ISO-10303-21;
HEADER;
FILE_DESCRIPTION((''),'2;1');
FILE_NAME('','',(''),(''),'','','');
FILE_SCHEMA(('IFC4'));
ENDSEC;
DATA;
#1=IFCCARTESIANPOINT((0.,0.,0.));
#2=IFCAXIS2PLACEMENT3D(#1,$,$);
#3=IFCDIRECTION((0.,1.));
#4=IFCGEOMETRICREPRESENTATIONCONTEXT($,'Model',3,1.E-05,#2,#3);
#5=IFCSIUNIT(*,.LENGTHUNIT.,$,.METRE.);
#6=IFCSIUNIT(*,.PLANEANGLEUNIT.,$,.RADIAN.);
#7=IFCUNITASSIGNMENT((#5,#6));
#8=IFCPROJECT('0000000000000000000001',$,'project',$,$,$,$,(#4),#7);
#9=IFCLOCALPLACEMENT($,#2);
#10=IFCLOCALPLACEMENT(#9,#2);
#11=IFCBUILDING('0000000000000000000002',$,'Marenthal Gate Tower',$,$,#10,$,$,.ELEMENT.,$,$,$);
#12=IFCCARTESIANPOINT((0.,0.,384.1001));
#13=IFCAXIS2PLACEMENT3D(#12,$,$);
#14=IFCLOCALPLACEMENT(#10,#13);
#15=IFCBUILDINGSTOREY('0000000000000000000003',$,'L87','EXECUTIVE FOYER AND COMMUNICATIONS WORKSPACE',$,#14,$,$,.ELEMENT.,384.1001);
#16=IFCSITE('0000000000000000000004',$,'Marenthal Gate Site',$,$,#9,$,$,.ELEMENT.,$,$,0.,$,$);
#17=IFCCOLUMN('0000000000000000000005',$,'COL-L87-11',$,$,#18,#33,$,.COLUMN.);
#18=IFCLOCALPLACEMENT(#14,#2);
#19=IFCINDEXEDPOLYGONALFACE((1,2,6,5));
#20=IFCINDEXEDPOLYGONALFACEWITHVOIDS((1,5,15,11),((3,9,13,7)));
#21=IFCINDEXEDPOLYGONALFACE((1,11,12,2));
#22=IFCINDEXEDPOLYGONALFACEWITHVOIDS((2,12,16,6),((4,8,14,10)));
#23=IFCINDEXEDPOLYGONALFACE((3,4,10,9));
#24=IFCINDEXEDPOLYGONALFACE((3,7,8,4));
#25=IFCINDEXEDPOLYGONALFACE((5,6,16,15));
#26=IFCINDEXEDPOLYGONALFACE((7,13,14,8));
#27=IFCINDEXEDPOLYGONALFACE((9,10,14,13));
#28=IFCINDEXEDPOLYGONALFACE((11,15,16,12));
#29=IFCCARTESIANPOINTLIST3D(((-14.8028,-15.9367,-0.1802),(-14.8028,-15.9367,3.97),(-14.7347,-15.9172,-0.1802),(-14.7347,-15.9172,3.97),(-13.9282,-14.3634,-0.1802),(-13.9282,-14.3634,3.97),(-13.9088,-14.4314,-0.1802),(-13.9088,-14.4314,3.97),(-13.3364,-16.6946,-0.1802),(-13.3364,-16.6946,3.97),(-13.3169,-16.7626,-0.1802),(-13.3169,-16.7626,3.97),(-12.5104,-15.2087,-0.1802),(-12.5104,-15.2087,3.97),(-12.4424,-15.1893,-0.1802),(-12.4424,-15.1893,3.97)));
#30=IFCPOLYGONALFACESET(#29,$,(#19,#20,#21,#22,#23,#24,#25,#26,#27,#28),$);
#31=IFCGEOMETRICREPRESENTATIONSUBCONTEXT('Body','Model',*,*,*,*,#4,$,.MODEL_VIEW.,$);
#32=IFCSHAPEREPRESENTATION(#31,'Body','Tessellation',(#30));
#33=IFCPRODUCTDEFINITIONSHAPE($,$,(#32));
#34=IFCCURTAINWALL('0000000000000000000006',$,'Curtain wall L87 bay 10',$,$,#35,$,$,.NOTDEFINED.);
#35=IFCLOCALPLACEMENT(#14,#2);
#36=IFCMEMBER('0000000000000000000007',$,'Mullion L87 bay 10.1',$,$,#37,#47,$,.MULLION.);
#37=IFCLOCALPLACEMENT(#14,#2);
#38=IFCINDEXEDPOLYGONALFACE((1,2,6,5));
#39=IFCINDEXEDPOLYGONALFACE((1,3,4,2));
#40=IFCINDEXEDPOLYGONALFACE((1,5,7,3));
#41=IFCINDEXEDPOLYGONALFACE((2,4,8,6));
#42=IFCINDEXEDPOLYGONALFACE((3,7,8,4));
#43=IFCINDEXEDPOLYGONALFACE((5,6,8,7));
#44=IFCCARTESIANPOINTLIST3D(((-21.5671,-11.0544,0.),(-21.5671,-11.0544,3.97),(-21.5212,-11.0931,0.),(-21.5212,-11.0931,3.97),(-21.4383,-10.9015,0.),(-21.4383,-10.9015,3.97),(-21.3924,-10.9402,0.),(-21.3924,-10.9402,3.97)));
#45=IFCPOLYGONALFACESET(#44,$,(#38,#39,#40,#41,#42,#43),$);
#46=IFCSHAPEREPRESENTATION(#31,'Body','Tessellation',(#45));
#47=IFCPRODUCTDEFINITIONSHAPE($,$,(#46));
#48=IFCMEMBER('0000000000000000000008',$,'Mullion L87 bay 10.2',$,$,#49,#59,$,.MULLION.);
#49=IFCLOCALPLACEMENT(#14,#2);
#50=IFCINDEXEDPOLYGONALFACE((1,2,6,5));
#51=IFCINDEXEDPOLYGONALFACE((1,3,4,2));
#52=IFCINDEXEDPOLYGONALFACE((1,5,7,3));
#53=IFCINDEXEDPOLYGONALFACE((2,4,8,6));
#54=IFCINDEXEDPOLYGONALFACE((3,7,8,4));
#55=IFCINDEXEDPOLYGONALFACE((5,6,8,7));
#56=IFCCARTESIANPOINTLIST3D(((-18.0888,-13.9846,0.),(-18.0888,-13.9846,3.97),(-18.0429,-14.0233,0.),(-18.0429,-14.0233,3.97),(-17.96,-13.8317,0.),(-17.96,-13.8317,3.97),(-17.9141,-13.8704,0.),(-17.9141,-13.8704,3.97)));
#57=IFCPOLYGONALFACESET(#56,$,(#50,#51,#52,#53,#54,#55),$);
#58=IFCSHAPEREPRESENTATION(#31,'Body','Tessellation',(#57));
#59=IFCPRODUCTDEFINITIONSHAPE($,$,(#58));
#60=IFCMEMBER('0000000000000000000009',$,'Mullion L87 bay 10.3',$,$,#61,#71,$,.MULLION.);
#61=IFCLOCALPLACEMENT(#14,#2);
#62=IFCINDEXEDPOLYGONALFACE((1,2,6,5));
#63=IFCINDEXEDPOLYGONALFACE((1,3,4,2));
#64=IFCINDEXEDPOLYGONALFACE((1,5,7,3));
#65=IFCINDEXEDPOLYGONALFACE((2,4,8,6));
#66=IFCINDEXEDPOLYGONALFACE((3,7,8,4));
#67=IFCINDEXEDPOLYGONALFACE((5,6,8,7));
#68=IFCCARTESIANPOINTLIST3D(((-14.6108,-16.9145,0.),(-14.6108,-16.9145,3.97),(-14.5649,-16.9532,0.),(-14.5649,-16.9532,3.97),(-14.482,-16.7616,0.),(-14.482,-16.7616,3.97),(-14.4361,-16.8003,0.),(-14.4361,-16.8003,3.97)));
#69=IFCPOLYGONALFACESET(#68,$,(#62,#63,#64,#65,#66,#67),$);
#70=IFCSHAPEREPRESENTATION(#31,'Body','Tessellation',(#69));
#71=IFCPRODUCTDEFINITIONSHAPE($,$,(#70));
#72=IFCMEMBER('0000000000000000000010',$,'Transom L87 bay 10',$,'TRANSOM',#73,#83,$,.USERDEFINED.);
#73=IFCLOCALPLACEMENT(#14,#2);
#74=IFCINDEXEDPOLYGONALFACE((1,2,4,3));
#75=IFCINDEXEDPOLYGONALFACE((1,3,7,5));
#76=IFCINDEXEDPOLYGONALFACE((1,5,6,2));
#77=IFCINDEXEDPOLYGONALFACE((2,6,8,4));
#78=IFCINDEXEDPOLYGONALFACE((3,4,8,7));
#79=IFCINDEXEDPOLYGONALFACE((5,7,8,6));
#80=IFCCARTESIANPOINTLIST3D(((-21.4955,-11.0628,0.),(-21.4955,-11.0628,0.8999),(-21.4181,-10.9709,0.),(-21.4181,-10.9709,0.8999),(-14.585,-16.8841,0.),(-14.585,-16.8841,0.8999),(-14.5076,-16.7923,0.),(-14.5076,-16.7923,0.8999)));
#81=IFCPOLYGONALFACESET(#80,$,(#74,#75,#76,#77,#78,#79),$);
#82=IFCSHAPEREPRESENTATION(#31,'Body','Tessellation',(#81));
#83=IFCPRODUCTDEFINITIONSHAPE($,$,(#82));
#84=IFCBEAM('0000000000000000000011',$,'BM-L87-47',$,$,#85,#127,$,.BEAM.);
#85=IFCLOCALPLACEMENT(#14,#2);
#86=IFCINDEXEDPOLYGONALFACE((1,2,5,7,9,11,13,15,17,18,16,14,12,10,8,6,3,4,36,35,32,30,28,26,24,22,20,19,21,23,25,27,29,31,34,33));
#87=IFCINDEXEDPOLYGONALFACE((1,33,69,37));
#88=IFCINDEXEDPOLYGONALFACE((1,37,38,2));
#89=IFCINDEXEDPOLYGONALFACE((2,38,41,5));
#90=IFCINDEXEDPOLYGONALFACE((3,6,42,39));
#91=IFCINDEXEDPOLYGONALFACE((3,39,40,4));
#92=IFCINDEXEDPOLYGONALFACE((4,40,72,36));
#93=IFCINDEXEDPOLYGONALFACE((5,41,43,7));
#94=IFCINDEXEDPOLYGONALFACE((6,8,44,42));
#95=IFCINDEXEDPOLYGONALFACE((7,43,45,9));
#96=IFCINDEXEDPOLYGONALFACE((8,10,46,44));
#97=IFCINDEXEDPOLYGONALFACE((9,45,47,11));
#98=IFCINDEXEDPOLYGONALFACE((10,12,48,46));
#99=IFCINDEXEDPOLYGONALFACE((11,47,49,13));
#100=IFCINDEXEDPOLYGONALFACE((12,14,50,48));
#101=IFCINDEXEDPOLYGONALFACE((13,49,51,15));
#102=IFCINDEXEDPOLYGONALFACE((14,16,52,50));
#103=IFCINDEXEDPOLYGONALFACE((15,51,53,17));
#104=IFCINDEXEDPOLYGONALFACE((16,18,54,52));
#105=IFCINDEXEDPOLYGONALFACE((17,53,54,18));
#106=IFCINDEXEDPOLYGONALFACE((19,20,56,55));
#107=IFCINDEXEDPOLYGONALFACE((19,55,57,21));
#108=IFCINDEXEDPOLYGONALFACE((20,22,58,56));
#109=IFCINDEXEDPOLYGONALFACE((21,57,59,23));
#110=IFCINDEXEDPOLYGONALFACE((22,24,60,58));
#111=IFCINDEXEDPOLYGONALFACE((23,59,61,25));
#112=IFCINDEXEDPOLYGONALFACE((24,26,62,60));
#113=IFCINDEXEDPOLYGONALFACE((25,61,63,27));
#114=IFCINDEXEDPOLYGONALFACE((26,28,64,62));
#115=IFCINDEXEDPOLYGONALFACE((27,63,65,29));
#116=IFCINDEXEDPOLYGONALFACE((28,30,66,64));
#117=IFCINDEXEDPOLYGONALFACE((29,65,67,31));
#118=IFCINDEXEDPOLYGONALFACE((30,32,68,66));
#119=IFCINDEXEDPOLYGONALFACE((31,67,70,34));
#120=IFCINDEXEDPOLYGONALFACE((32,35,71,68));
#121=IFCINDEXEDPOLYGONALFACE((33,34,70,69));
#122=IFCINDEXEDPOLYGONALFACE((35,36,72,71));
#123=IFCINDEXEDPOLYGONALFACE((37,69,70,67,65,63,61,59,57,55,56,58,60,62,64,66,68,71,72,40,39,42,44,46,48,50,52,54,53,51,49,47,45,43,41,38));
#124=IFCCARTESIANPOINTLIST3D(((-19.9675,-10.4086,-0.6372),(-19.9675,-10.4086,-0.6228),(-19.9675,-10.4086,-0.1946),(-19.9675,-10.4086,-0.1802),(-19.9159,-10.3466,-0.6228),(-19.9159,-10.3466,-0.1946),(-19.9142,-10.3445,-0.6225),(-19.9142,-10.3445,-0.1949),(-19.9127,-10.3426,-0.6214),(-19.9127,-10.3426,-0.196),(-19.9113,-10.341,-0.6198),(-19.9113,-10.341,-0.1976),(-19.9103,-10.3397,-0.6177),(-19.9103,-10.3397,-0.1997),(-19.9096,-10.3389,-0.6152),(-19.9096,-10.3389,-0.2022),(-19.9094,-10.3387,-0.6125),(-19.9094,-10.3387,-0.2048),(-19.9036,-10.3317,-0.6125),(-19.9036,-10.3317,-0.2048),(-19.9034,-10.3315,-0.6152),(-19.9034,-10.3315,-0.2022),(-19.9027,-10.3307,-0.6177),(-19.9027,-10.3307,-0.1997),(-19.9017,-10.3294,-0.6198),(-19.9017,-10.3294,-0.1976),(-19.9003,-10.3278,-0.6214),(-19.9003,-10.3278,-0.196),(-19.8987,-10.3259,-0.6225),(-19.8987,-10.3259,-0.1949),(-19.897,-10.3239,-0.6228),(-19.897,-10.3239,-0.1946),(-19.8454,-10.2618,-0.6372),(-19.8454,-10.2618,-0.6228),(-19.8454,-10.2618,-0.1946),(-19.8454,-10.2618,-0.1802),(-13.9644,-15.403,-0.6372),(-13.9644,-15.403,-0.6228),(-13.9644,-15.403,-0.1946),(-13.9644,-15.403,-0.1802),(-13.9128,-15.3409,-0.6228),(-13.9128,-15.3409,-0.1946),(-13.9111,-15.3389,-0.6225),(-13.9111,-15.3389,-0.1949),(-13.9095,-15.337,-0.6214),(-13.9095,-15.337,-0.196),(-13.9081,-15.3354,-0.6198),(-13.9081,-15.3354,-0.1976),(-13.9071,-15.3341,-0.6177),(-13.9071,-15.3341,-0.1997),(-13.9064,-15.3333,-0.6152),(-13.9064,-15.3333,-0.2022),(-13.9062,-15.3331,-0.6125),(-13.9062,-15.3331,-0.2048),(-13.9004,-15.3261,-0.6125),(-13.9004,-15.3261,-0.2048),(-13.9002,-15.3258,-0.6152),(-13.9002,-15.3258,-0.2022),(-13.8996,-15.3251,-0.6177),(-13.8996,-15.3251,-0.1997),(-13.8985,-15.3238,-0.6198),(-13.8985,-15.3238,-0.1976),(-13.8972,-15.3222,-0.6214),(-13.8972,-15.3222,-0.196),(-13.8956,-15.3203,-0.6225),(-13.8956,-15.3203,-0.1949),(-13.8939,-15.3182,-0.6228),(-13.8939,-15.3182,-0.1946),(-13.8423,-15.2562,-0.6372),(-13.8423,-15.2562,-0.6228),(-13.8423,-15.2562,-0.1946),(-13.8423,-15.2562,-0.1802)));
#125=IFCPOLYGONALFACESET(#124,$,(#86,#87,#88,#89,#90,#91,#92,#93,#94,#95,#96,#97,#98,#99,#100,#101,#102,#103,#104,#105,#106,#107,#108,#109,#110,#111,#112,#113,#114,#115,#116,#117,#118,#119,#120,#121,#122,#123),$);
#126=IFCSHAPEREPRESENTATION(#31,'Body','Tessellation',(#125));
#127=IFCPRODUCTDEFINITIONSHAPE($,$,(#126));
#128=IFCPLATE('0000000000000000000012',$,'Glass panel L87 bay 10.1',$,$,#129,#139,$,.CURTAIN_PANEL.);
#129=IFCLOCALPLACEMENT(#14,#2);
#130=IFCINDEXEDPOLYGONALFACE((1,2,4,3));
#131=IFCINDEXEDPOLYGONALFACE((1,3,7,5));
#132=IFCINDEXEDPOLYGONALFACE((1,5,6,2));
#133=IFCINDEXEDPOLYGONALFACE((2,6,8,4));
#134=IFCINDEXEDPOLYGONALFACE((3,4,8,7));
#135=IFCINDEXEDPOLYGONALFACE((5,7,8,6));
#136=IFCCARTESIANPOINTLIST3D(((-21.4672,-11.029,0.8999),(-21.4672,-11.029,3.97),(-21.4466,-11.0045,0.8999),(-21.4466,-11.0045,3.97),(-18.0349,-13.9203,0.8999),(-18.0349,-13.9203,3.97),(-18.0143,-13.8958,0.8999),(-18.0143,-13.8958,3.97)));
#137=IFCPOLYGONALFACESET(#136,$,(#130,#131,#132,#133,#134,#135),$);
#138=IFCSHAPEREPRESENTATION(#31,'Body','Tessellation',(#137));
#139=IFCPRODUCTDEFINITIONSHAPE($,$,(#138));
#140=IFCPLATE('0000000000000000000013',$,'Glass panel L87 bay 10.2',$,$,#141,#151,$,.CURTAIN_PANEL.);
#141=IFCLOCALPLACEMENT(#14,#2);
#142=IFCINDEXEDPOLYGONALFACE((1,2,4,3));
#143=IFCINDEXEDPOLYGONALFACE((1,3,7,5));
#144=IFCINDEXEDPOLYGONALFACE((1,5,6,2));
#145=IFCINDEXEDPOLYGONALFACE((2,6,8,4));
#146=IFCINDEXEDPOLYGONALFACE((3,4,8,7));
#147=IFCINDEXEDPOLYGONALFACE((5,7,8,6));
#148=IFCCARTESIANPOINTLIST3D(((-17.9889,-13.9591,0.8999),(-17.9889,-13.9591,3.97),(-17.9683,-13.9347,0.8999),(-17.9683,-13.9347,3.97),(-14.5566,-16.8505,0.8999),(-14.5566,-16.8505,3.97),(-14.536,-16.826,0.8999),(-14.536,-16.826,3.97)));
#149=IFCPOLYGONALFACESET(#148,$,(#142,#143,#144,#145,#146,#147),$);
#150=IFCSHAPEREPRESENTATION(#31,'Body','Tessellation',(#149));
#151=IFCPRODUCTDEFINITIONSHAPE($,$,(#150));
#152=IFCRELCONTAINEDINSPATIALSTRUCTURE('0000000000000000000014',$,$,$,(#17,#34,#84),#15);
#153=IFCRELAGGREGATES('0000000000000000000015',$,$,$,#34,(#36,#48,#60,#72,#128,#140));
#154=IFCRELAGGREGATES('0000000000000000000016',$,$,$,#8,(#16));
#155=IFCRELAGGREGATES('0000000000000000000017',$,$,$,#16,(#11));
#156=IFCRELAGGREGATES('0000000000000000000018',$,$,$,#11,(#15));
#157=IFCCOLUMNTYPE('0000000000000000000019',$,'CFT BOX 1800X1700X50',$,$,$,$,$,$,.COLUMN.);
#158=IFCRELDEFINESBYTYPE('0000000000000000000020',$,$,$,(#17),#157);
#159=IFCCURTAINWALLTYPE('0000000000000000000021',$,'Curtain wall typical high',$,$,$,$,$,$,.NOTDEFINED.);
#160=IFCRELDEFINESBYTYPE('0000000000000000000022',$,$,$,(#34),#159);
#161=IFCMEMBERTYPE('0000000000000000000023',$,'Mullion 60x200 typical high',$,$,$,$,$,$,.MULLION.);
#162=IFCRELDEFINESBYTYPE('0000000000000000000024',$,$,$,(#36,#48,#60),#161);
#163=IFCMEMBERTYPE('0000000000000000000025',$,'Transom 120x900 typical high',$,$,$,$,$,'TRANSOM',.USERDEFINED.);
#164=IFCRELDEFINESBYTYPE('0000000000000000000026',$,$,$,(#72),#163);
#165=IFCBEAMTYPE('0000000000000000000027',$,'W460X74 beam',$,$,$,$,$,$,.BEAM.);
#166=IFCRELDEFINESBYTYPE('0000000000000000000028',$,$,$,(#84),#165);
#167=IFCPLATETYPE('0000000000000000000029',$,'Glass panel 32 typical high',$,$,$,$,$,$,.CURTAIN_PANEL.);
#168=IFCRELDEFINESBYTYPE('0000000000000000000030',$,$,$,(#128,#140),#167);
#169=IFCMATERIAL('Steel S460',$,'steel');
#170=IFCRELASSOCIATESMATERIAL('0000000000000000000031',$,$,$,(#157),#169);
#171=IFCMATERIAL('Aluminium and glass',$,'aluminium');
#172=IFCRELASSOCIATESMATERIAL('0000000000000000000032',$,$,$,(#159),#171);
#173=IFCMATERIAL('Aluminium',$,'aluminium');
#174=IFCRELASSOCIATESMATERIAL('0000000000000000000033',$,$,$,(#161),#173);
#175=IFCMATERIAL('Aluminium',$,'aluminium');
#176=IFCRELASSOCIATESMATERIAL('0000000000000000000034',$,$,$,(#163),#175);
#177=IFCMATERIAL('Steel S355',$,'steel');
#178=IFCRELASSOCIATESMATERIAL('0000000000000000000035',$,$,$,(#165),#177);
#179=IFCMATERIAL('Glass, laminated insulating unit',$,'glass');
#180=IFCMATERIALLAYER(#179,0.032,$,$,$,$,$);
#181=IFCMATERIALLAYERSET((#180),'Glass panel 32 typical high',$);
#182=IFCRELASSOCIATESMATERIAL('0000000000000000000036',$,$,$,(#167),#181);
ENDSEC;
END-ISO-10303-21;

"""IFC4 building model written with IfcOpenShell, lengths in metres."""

from ifc_helpers import new_model, si_unit, direction, frame, origin, origin_2d, place, context, subcontext, project, spatial, rectangle, hollow_rectangle, i_section, extrude, material, layer, layer_set, material_profile, profile_set, type_object, element, aggregate, save


model = new_model("IFC4")

# Units and contexts
model_context = context("Model", 3, precision=1e-05, world=origin(), true_north=direction((0.0, 1.0)))
body_context = subcontext(model_context, "Body", "Model", "MODEL_VIEW")
ifc_project = project(units=[si_unit("LENGTHUNIT", "METRE"), si_unit("PLANEANGLEUNIT", "RADIAN")], contexts=[model_context])

# Site, building, storey
site_placement = place(None, origin())
site = spatial("IfcSite", under=ifc_project, at=site_placement, Name="Marenthal Gate Site", CompositionType="ELEMENT", RefElevation=0.0)
building_placement = place(site_placement, origin())
building = spatial("IfcBuilding", under=site, at=building_placement, Name="Marenthal Gate Tower", CompositionType="ELEMENT")
storey_placement = place(building_placement, frame((0.0, 0.0, 384.1001)))
storey = spatial("IfcBuildingStorey", under=building, at=storey_placement, Name="L87", Description="EXECUTIVE FOYER AND COMMUNICATIONS WORKSPACE", CompositionType="ELEMENT", Elevation=384.1001)

# Column
ifc_material_1 = material(Name="Steel S460", Category="steel")
ifc_material_profile_1 = material_profile(ifc_material_1, hollow_rectangle(XDim=1.7, YDim=1.8, WallThickness=0.05, at=origin_2d()), Name="CFT BOX 1800X1700X50")
ifc_material_2 = material(Name="Concrete 70 MPa", Category="concrete")
ifc_material_profile_2 = material_profile(ifc_material_2, rectangle(XDim=1.6001, YDim=1.7, at=origin_2d()), Name="CFT BOX 1800X1700X50 INFILL")
ifc_profile_set_1 = profile_set([ifc_material_profile_1, ifc_material_profile_2], Name="Steel S460 shell, Concrete 70 MPa infill")
column_type = type_object("IfcColumnType", Name="CFT BOX 1800X1700X50", PredefinedType="COLUMN", material=ifc_profile_set_1)
column_placement = place(storey_placement, frame((-13.6226, -15.563, -0.1802), z_axis=(0.0, 0.0, 1.0), x_axis=(-0.874037, 0.48586, 0.0)))
element("IfcColumn", 1, at=column_placement, inside=storey, type_object=column_type, Name="COL-L87-11", PredefinedType="COLUMN", context=body_context, shape_type="SweptSolid", body=[
    extrude(hollow_rectangle(XDim=1.7, YDim=1.8, WallThickness=0.05, at=origin_2d()), origin(), (0.0, 0.0, 1.0), 4.1501),
])

# Curtain wall, members
ifc_material_3 = material(Name="Aluminium and glass", Category="aluminium")
curtain_wall_type = type_object("IfcCurtainWallType", Name="Curtain wall typical high", PredefinedType="NOTDEFINED", material=ifc_material_3)
curtain_wall_placement = place(storey_placement, origin())
curtain_wall = element("IfcCurtainWall", 2, at=curtain_wall_placement, inside=storey, type_object=curtain_wall_type, Name="Curtain wall L87 bay 10", PredefinedType="NOTDEFINED")
ifc_material_4 = material(Name="Aluminium", Category="aluminium")
ifc_material_profile_3 = material_profile(ifc_material_4, rectangle(XDim=0.2, YDim=0.0601, at=origin_2d()), Name="60x200 aluminium mullion")
ifc_profile_set_2 = profile_set([ifc_material_profile_3], Name="Aluminium")
member_type_1 = type_object("IfcMemberType", Name="Mullion 60x200 typical high", PredefinedType="MULLION", material=ifc_profile_set_2)
member_1_placement = place(storey_placement, frame((-21.4797, -10.9973, 0.0), z_axis=(0.0, 0.0, 1.0), x_axis=(0.644265, 0.764802, 0.0)))
member_1 = element("IfcMember", 3, at=member_1_placement, type_object=member_type_1, Name="Mullion L87 bay 10.1", PredefinedType="MULLION", context=body_context, shape_type="SweptSolid", body=[
    extrude(rectangle(XDim=0.2, YDim=0.0601, at=origin_2d()), origin(), (0.0, 0.0, 1.0), 3.97),
])
member_2_placement = place(storey_placement, frame((-18.0015, -13.9275, 0.0), z_axis=(0.0, 0.0, 1.0), x_axis=(0.644265, 0.764802, 0.0)))
member_2 = element("IfcMember", 4, at=member_2_placement, type_object=member_type_1, Name="Mullion L87 bay 10.2", PredefinedType="MULLION", context=body_context, shape_type="SweptSolid", body=[
    extrude(rectangle(XDim=0.2, YDim=0.0601, at=origin_2d()), origin(), (0.0, 0.0, 1.0), 3.97),
])
member_3_placement = place(storey_placement, frame((-14.5234, -16.8574, 0.0), z_axis=(0.0, 0.0, 1.0), x_axis=(0.644265, 0.764802, 0.0)))
member_3 = element("IfcMember", 5, at=member_3_placement, type_object=member_type_1, Name="Mullion L87 bay 10.3", PredefinedType="MULLION", context=body_context, shape_type="SweptSolid", body=[
    extrude(rectangle(XDim=0.2, YDim=0.0601, at=origin_2d()), origin(), (0.0, 0.0, 1.0), 3.97),
])
ifc_material_5 = material(Name="Aluminium", Category="aluminium")
ifc_material_profile_4 = material_profile(ifc_material_5, rectangle(XDim=0.1201, YDim=0.8999, at=origin_2d()), Name="120x900 aluminium transom")
ifc_profile_set_3 = profile_set([ifc_material_profile_4], Name="Aluminium")
member_type_2 = type_object("IfcMemberType", Name="Transom 120x900 typical high", ElementType="TRANSOM", PredefinedType="USERDEFINED", material=ifc_profile_set_3)
member_4_placement = place(storey_placement, frame((-21.4568, -11.0168, 0.45), z_axis=(0.764802, -0.644266, 0.0), x_axis=(0.644266, 0.764802, 0.0)))
member_4 = element("IfcMember", 6, at=member_4_placement, type_object=member_type_2, Name="Transom L87 bay 10", ObjectType="TRANSOM", PredefinedType="USERDEFINED", context=body_context, shape_type="SweptSolid", body=[
    extrude(rectangle(XDim=0.1201, YDim=0.8999, at=origin_2d()), origin(), (0.0, 0.0, 1.0), 9.0356),
])

# Beam
ifc_material_6 = material(Name="Steel S355", Category="steel")
ifc_material_profile_5 = material_profile(ifc_material_6, i_section(OverallWidth=0.1909, OverallDepth=0.457, WebThickness=0.009, FlangeThickness=0.0144, FilletRadius=0.0103, at=origin_2d()), Name="W460X74")
ifc_profile_set_4 = profile_set([ifc_material_profile_5], Name="Steel S355")
beam_type = type_object("IfcBeamType", Name="W460X74 beam", PredefinedType="BEAM", material=ifc_profile_set_4)
beam_placement = place(storey_placement, frame((-19.9065, -10.3352, -0.4087), z_axis=(0.768741, -0.63956, 0.0), x_axis=(0.63956, 0.768741, 0.0)))
element("IfcBeam", 7, at=beam_placement, inside=storey, type_object=beam_type, Name="BM-L87-47", PredefinedType="BEAM", context=body_context, shape_type="SweptSolid", body=[
    extrude(i_section(OverallWidth=0.1909, OverallDepth=0.457, WebThickness=0.009, FlangeThickness=0.0144, FilletRadius=0.0103, at=origin_2d()), origin(), (0.0, 0.0, 1.0), 7.8091),
])

# Plates
ifc_material_7 = material(Name="Glass, laminated insulating unit", Category="glass")
ifc_layer_1 = layer(ifc_material_7, 0.032)
ifc_layer_set_1 = layer_set([ifc_layer_1], Name="Glass panel 32 typical high")
plate_type = type_object("IfcPlateType", Name="Glass panel 32 typical high", PredefinedType="CURTAIN_PANEL", material=ifc_layer_set_1)
plate_1_placement = place(storey_placement, frame((-19.7407, -12.4624, 0.8999), z_axis=(0.0, 0.0, 1.0), x_axis=(0.764802, -0.644265, 0.0)))
plate_1 = element("IfcPlate", 8, at=plate_1_placement, type_object=plate_type, Name="Glass panel L87 bay 10.1", PredefinedType="CURTAIN_PANEL", context=body_context, shape_type="SweptSolid", body=[
    extrude(rectangle(XDim=4.4878, YDim=0.032, at=origin_2d()), origin(), (0.0, 0.0, 1.0), 3.0701),
])
plate_2_placement = place(storey_placement, frame((-16.2625, -15.3926, 0.8999), z_axis=(0.0, 0.0, 1.0), x_axis=(0.764802, -0.644265, 0.0)))
plate_2 = element("IfcPlate", 9, at=plate_2_placement, type_object=plate_type, Name="Glass panel L87 bay 10.2", PredefinedType="CURTAIN_PANEL", context=body_context, shape_type="SweptSolid", body=[
    extrude(rectangle(XDim=4.4878, YDim=0.032, at=origin_2d()), origin(), (0.0, 0.0, 1.0), 3.0701),
])
aggregate(curtain_wall, [member_1, member_2, member_3, member_4, plate_1, plate_2])

save(model, "model.ifc")
